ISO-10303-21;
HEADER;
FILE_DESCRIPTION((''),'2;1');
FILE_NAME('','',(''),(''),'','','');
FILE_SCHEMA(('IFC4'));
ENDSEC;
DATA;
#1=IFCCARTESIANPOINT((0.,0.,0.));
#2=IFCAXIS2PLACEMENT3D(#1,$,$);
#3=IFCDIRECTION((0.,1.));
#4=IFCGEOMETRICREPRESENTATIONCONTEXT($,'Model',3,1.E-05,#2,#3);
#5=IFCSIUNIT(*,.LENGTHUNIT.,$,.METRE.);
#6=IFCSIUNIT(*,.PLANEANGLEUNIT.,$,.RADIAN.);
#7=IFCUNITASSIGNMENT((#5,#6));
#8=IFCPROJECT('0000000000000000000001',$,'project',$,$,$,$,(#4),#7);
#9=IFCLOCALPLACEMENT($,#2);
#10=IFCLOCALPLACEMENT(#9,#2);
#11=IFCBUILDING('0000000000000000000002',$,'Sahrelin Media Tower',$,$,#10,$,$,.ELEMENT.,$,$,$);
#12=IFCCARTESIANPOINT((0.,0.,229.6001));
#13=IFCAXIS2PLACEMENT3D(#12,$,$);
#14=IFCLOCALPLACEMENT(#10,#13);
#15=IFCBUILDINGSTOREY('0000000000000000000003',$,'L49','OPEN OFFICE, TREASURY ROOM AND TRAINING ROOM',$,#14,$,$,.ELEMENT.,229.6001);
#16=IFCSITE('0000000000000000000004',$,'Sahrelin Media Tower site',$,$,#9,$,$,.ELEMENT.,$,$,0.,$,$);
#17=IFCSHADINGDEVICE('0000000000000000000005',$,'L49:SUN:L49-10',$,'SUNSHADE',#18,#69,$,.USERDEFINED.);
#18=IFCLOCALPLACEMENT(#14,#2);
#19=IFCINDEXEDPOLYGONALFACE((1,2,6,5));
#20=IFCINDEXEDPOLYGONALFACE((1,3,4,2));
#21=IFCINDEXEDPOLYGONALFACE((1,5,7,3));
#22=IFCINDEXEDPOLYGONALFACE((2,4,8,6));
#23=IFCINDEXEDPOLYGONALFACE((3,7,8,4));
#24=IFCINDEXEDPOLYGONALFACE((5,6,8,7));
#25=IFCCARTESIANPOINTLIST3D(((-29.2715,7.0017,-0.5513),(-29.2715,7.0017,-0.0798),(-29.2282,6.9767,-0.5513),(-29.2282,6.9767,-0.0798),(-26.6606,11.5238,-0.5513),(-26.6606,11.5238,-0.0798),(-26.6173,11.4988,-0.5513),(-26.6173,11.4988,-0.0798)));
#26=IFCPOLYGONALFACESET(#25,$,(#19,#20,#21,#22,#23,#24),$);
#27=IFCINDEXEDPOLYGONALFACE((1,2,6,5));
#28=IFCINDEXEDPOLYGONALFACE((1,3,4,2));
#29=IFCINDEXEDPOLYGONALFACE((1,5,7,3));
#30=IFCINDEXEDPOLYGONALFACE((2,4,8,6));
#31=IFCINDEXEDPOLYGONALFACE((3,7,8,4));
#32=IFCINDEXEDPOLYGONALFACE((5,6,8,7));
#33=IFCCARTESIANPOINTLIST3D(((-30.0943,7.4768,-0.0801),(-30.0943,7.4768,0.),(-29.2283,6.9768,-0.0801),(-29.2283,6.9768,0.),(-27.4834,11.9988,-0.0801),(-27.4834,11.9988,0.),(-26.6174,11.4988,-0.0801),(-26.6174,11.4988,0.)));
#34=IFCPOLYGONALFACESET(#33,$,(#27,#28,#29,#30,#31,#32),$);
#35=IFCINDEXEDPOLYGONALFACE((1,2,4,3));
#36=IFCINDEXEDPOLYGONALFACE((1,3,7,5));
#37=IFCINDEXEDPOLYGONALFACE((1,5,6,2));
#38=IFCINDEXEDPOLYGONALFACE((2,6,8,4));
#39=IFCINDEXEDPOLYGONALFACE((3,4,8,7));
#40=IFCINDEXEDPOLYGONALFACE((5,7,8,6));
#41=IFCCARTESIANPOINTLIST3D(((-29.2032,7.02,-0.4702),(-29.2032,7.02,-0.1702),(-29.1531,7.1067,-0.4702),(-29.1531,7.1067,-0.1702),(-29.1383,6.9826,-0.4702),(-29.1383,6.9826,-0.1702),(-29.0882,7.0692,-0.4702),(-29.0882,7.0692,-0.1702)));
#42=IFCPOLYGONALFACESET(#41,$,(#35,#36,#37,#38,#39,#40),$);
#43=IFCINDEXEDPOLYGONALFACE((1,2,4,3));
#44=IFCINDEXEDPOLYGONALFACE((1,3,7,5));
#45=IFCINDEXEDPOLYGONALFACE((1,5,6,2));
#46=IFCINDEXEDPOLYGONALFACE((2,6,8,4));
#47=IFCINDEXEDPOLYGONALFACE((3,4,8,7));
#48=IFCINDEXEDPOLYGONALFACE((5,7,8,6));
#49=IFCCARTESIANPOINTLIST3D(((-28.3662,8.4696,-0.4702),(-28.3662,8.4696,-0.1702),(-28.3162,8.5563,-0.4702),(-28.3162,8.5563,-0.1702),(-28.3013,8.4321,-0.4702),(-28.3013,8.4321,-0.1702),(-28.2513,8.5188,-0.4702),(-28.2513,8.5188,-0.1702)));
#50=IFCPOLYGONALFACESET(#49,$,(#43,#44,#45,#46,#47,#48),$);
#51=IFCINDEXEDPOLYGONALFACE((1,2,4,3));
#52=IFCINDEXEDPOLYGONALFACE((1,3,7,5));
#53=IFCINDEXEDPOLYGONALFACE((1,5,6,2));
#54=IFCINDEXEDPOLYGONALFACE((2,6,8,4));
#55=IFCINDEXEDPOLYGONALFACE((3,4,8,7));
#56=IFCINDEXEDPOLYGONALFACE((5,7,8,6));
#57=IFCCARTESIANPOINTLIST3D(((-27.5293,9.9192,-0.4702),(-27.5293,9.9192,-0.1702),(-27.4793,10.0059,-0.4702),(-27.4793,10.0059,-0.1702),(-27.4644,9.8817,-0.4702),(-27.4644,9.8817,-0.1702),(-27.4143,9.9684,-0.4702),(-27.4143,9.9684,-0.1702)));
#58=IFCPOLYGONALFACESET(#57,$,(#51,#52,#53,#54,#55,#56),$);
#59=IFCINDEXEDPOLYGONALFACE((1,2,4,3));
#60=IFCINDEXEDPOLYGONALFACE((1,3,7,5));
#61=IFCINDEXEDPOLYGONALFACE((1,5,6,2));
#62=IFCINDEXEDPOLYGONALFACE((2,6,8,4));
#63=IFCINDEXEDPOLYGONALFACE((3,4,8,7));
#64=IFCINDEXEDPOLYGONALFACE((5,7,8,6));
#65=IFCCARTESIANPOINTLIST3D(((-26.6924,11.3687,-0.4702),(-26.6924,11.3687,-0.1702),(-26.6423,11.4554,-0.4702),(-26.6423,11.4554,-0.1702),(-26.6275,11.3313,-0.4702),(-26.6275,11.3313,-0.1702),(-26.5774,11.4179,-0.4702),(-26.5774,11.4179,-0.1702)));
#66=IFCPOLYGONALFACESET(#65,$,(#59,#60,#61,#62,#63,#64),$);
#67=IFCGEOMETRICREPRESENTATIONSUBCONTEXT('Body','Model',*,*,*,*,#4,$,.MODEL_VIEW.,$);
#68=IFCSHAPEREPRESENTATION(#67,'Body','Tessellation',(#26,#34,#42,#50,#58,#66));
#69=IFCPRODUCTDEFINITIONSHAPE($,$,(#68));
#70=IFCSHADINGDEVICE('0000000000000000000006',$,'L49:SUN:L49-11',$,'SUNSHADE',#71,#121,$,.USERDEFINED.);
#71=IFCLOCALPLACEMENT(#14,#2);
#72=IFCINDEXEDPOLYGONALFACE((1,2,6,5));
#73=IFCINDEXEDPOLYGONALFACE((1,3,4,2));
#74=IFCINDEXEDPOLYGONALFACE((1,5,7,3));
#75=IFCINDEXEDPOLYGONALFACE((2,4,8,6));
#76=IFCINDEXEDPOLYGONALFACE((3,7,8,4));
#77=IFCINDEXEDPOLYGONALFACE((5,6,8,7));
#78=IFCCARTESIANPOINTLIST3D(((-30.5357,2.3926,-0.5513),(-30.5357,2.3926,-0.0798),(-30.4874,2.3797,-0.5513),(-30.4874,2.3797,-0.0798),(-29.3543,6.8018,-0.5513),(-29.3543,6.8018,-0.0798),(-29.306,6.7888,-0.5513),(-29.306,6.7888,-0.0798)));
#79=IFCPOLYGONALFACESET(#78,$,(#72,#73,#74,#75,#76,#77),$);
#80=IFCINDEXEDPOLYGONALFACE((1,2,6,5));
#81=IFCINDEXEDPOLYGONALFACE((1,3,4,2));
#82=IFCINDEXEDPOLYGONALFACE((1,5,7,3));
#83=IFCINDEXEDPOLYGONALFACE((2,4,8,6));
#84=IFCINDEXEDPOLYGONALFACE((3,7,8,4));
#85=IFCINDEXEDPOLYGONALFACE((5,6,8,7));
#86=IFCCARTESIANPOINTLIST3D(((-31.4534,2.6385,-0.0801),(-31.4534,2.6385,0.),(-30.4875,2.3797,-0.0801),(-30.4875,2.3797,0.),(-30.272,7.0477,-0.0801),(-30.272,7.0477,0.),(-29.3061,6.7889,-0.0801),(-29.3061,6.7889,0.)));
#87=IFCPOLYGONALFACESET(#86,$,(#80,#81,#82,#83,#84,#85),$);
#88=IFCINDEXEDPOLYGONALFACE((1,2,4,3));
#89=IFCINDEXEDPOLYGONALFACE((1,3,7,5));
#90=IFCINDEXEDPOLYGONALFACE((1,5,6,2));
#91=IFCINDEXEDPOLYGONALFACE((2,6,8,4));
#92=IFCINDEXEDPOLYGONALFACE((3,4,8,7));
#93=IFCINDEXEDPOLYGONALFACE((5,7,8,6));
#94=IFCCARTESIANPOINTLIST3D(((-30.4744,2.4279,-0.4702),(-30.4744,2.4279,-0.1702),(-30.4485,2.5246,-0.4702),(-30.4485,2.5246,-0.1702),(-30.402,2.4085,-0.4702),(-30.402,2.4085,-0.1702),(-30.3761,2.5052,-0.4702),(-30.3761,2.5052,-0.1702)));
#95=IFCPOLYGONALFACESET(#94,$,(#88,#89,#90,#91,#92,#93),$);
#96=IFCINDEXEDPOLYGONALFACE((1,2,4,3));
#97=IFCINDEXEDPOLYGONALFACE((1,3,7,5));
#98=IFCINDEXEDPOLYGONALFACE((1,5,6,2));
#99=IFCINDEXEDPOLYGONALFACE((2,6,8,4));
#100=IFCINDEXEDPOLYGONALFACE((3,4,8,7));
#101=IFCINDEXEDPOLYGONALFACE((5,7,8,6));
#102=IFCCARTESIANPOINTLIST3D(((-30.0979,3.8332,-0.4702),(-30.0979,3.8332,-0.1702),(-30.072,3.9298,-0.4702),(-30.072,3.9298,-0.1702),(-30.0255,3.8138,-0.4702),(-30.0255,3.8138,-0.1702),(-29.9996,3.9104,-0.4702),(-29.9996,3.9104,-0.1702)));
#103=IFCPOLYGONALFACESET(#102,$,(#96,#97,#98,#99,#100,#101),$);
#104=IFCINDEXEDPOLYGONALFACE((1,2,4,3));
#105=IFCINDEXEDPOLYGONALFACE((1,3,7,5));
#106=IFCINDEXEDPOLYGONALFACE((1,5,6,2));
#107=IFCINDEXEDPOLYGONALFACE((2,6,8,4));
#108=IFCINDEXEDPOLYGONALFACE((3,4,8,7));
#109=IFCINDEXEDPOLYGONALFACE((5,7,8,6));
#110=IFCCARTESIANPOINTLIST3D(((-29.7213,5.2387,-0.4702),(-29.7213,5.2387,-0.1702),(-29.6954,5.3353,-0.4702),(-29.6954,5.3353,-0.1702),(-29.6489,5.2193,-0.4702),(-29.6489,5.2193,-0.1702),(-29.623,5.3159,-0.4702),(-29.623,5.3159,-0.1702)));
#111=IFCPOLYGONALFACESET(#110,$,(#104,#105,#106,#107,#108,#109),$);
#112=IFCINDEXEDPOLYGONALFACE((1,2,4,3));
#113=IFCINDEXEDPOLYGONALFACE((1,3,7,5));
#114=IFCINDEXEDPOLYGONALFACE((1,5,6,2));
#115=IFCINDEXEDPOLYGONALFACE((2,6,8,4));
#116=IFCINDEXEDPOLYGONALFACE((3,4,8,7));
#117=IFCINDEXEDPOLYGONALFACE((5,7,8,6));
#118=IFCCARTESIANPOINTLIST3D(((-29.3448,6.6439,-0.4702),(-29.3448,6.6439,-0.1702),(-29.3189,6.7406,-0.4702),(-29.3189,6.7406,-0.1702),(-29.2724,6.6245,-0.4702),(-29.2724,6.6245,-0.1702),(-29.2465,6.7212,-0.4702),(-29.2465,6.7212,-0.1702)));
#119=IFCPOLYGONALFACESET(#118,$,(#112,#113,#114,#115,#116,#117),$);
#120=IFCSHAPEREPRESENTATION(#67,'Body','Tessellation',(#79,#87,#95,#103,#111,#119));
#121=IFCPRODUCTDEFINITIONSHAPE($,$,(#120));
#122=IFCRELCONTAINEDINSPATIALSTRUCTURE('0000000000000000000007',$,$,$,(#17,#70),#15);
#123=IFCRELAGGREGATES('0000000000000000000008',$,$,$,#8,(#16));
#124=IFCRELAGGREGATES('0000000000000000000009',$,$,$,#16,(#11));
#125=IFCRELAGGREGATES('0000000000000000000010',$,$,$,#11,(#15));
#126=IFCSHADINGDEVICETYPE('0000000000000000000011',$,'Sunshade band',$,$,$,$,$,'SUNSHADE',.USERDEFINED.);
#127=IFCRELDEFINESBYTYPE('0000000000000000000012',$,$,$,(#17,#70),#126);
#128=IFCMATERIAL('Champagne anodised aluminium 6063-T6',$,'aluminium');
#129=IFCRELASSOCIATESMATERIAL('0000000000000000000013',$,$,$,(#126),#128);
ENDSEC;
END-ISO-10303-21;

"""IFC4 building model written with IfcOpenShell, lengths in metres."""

from ifc_helpers import new_model, si_unit, direction, frame, origin, origin_2d, place, context, subcontext, project, spatial, rectangle, extrude, material, type_object, element, save


model = new_model("IFC4")

# Units and contexts
model_context = context("Model", 3, precision=1e-05, world=origin(), true_north=direction((0.0, 1.0)))
body_context = subcontext(model_context, "Body", "Model", "MODEL_VIEW")
ifc_project = project(units=[si_unit("LENGTHUNIT", "METRE"), si_unit("PLANEANGLEUNIT", "RADIAN")], contexts=[model_context])

# Site, building, storey
site_placement = place(None, origin())
site = spatial("IfcSite", under=ifc_project, at=site_placement, Name="Sahrelin Media Tower site", CompositionType="ELEMENT", RefElevation=0.0)
building_placement = place(site_placement, origin())
building = spatial("IfcBuilding", under=site, at=building_placement, Name="Sahrelin Media Tower", CompositionType="ELEMENT")
storey_placement = place(building_placement, frame((0.0, 0.0, 229.6001)))
storey = spatial("IfcBuildingStorey", under=building, at=storey_placement, Name="L49", Description="OPEN OFFICE, TREASURY ROOM AND TRAINING ROOM", CompositionType="ELEMENT", Elevation=229.6001)

# Shared definitions
ifc_material_1 = material(Name="Champagne anodised aluminium 6063-T6", Category="aluminium")

# Shared definitions
placement_1 = place(storey_placement, frame((-27.9055, 9.2278, 0.0), z_axis=(0.0, 0.0, 1.0), x_axis=(0.500011, 0.866019, 0.0)))
placement_2 = place(storey_placement, frame((-29.8774, 4.5791, 0.0), z_axis=(0.0, 0.0, 1.0), x_axis=(0.258808, 0.965929, 0.0)))

# Shading devices
shading_device_type_1 = type_object("IfcShadingDeviceType", Name="Sunshade band", ElementType="SUNSHADE", PredefinedType="USERDEFINED", material=ifc_material_1)
element("IfcShadingDevice", 1, at=placement_1, inside=storey, type_object=shading_device_type_1, Name="L49:SUN:L49-10", ObjectType="SUNSHADE", PredefinedType="USERDEFINED", context=body_context, shape_type="SweptSolid", body=[
    extrude(rectangle(XDim=5.2217, YDim=0.05, at=origin_2d()), frame((0.0, 0.0449, -0.5513)), (0.0, 0.0, 1.0), 0.4714),
    extrude(rectangle(XDim=5.2217, YDim=1.0, at=origin_2d()), frame((0.0, 0.52, -0.0801)), (0.0, 0.0, 1.0), 0.0801),
    extrude(rectangle(XDim=0.1001, YDim=0.075, at=origin_2d()), frame((-2.5107, -0.0176, -0.4702)), (0.0, 0.0, 1.0), 0.3),
    extrude(rectangle(XDim=0.1001, YDim=0.075, at=origin_2d()), frame((-0.8369, -0.0176, -0.4702)), (0.0, 0.0, 1.0), 0.3),
    extrude(rectangle(XDim=0.1001, YDim=0.075, at=origin_2d()), frame((0.8369, -0.0176, -0.4702)), (0.0, 0.0, 1.0), 0.3),
    extrude(rectangle(XDim=0.1001, YDim=0.075, at=origin_2d()), frame((2.5107, -0.0176, -0.4702)), (0.0, 0.0, 1.0), 0.3),
])
element("IfcShadingDevice", 2, at=placement_2, inside=storey, type_object=shading_device_type_1, Name="L49:SUN:L49-11", ObjectType="SUNSHADE", PredefinedType="USERDEFINED", context=body_context, shape_type="SweptSolid", body=[
    extrude(rectangle(XDim=4.5647, YDim=0.05, at=origin_2d()), frame((0.0, 0.0449, -0.5513)), (0.0, 0.0, 1.0), 0.4714),
    extrude(rectangle(XDim=4.5647, YDim=1.0, at=origin_2d()), frame((0.0, 0.52, -0.0801)), (0.0, 0.0, 1.0), 0.0801),
    extrude(rectangle(XDim=0.1001, YDim=0.075, at=origin_2d()), frame((-2.1824, -0.0176, -0.4702)), (0.0, 0.0, 1.0), 0.3),
    extrude(rectangle(XDim=0.1001, YDim=0.075, at=origin_2d()), frame((-0.7275, -0.0176, -0.4702)), (0.0, 0.0, 1.0), 0.3),
    extrude(rectangle(XDim=0.1001, YDim=0.075, at=origin_2d()), frame((0.7275, -0.0176, -0.4702)), (0.0, 0.0, 1.0), 0.3),
    extrude(rectangle(XDim=0.1001, YDim=0.075, at=origin_2d()), frame((2.1824, -0.0176, -0.4702)), (0.0, 0.0, 1.0), 0.3),
])

save(model, "model.ifc")
